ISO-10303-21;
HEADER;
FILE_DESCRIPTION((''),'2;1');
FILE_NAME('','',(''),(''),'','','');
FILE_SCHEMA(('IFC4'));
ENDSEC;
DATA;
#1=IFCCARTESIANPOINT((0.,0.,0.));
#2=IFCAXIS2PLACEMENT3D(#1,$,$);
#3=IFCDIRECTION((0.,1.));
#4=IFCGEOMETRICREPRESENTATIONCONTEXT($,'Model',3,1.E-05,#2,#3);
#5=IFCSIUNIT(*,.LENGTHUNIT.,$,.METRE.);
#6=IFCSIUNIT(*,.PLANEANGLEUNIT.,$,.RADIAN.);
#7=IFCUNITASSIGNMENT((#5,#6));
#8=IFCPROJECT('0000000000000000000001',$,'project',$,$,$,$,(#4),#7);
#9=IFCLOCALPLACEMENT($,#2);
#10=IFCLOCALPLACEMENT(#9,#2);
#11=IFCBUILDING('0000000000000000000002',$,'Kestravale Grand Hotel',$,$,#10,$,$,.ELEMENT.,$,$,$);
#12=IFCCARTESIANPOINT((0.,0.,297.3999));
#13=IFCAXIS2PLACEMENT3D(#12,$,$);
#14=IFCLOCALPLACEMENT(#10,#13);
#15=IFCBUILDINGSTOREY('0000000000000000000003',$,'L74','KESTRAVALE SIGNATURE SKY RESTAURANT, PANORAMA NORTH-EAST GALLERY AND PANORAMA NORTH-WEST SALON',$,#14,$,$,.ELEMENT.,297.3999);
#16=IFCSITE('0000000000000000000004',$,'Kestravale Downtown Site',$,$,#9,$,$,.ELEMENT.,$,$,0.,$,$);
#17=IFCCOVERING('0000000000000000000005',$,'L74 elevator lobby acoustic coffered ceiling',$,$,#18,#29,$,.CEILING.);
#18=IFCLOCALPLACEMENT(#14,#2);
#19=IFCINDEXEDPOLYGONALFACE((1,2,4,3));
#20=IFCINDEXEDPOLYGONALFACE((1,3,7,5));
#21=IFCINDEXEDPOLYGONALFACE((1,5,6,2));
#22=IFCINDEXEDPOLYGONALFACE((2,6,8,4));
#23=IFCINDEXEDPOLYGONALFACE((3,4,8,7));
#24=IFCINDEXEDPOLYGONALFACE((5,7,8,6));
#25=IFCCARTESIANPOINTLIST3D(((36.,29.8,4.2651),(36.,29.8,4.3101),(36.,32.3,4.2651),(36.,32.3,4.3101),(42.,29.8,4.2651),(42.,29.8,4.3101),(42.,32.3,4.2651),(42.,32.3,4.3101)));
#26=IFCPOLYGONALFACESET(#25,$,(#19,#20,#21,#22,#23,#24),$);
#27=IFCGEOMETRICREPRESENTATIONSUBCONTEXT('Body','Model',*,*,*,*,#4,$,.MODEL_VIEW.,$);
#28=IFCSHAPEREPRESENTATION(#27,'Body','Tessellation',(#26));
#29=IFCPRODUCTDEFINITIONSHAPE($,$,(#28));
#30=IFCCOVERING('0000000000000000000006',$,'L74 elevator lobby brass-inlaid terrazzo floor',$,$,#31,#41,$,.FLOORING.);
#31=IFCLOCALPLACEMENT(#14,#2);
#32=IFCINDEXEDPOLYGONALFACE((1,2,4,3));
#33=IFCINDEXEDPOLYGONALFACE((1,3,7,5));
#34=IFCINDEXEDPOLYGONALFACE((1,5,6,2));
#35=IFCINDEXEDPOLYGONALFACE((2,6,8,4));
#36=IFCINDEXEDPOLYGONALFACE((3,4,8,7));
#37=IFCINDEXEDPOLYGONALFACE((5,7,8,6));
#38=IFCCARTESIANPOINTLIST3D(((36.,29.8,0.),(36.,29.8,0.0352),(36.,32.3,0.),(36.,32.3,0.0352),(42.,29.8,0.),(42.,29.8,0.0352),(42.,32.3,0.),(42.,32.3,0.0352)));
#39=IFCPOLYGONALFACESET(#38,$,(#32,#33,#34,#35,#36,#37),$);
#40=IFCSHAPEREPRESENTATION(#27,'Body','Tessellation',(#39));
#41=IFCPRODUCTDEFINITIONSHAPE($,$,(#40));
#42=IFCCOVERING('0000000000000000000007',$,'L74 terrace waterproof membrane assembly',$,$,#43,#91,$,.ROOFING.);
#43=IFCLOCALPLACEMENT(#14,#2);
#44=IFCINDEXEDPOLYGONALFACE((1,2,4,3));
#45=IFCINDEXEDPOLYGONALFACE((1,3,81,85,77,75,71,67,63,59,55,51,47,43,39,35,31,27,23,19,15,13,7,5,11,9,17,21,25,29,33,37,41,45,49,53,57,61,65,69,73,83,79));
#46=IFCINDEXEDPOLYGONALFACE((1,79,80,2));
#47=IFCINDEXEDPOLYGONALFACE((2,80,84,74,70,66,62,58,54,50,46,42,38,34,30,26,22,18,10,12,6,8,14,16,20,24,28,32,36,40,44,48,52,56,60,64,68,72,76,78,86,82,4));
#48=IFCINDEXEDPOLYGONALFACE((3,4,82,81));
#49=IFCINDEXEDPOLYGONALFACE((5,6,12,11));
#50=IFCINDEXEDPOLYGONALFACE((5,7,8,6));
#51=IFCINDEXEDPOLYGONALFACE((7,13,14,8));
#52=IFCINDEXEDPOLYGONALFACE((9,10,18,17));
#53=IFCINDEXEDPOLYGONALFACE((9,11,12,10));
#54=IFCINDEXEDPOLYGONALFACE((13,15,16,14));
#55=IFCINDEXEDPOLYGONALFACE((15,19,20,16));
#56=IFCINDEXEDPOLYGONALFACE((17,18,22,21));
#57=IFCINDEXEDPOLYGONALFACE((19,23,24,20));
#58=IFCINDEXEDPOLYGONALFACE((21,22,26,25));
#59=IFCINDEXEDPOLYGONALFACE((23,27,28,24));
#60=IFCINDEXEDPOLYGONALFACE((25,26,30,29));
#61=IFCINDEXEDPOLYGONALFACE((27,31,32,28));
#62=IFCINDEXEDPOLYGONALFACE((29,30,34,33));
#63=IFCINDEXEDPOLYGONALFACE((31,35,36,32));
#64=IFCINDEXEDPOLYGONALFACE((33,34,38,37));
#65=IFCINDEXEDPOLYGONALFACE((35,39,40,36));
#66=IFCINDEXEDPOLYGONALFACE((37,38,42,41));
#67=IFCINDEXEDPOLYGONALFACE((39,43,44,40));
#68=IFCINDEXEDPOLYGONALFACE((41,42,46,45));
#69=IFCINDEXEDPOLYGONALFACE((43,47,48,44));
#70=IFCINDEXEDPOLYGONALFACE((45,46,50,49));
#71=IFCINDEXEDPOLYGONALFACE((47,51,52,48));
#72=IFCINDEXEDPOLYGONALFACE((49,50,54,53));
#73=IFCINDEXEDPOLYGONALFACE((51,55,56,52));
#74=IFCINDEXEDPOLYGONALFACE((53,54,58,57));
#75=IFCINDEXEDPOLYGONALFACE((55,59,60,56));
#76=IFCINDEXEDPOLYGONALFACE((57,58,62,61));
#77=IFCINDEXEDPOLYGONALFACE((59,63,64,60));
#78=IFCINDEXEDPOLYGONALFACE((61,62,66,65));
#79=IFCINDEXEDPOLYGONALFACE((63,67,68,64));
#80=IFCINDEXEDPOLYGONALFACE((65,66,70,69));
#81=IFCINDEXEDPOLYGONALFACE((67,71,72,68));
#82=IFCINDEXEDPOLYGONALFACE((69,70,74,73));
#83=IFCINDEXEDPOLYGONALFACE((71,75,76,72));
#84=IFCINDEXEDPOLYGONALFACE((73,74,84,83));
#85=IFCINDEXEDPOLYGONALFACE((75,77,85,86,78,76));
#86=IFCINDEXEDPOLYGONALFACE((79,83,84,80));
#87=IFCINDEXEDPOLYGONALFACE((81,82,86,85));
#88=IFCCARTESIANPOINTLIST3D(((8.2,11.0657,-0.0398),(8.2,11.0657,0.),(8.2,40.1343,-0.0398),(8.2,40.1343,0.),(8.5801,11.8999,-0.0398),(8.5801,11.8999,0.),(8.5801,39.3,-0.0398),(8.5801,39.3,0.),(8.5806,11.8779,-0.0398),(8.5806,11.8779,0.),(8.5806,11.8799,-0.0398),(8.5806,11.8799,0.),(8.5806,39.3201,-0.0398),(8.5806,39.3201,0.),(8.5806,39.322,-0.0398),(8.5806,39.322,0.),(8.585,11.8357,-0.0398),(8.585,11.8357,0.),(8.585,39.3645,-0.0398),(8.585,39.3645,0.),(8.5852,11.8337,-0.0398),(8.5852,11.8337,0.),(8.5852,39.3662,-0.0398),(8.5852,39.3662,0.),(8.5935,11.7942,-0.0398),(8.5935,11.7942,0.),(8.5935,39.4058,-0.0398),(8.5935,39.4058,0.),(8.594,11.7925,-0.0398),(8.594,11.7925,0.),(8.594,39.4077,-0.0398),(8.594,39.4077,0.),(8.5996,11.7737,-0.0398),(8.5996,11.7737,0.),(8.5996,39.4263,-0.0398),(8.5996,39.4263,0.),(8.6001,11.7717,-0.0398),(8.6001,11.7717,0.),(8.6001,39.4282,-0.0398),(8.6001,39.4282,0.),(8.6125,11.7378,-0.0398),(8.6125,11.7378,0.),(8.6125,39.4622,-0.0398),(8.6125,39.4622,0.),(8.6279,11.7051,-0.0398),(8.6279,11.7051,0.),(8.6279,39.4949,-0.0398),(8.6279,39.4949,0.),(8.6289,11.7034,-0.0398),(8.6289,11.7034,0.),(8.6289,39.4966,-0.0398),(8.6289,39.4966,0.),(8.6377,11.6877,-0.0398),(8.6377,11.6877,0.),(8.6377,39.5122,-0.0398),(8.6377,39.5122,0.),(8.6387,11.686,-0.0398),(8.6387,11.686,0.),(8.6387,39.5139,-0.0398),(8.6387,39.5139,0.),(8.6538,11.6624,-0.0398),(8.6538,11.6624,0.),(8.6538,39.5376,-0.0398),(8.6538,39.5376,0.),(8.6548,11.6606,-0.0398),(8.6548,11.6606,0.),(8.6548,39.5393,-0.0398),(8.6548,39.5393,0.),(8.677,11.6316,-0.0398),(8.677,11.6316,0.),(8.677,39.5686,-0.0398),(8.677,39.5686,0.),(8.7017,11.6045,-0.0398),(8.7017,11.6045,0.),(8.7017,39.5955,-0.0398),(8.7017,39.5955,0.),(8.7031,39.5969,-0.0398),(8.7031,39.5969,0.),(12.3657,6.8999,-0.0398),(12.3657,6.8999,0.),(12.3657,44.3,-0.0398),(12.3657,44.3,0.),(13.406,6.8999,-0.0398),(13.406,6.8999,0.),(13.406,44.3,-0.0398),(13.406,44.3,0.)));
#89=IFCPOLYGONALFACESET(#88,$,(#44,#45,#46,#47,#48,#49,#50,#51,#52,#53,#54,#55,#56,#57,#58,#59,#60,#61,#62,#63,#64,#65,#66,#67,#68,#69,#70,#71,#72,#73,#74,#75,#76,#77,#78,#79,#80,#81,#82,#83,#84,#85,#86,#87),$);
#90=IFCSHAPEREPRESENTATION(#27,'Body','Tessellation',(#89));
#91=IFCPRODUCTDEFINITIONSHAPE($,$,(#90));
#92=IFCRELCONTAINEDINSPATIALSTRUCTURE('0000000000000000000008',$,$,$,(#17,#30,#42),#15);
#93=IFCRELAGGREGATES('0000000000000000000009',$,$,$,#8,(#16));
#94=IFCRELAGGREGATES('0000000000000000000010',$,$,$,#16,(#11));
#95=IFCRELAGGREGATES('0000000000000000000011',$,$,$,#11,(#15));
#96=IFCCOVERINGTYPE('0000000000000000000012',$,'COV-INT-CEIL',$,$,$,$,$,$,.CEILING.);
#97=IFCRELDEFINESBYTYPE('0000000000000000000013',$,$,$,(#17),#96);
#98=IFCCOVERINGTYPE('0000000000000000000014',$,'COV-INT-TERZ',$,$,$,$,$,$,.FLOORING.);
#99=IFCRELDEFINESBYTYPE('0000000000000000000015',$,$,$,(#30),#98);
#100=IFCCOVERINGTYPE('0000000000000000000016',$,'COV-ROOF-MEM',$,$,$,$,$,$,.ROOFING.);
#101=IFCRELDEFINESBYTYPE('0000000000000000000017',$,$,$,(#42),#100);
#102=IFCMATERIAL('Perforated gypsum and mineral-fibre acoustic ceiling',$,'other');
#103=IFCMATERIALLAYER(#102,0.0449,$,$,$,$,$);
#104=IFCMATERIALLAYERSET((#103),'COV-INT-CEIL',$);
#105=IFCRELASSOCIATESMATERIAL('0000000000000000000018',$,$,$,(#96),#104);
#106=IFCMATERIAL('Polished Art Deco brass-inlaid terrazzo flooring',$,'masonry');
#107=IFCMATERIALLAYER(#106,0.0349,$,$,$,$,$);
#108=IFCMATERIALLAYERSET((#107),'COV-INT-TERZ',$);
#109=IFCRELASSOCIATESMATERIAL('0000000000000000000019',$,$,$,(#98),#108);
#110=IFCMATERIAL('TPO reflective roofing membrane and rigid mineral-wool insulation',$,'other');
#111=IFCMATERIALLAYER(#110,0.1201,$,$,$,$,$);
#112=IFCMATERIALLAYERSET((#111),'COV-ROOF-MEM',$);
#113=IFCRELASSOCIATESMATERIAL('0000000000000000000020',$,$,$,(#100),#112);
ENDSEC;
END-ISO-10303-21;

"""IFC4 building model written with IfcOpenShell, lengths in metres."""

from ifc_helpers import new_model, si_unit, direction, frame, origin, place, context, subcontext, project, spatial, polyline, outline, extrude, material, layer, layer_set, type_object, element, save


model = new_model("IFC4")

# Units and contexts
model_context = context("Model", 3, precision=1e-05, world=origin(), true_north=direction((0.0, 1.0)))
body_context = subcontext(model_context, "Body", "Model", "MODEL_VIEW")
ifc_project = project(units=[si_unit("LENGTHUNIT", "METRE"), si_unit("PLANEANGLEUNIT", "RADIAN")], contexts=[model_context])

# Site, building, storey
site_placement = place(None, origin())
site = spatial("IfcSite", under=ifc_project, at=site_placement, Name="Kestravale Downtown Site", CompositionType="ELEMENT", RefElevation=0.0)
building_placement = place(site_placement, origin())
building = spatial("IfcBuilding", under=site, at=building_placement, Name="Kestravale Grand Hotel", CompositionType="ELEMENT")
storey_placement = place(building_placement, frame((0.0, 0.0, 297.3999)))
storey = spatial("IfcBuildingStorey", under=building, at=storey_placement, Name="L74", Description="KESTRAVALE SIGNATURE SKY RESTAURANT, PANORAMA NORTH-EAST GALLERY AND PANORAMA NORTH-WEST SALON", CompositionType="ELEMENT", Elevation=297.3999)

# Coverings
ifc_material_1 = material(Name="Perforated gypsum and mineral-fibre acoustic ceiling", Category="other")
ifc_layer_1 = layer(ifc_material_1, 0.0449)
ifc_layer_set_1 = layer_set([ifc_layer_1], Name="COV-INT-CEIL")
covering_type_1 = type_object("IfcCoveringType", Name="COV-INT-CEIL", PredefinedType="CEILING", material=ifc_layer_set_1)
covering_1_placement = place(storey_placement, frame((0.0, 0.0, 4.2651)))
element("IfcCovering", 1, at=covering_1_placement, inside=storey, type_object=covering_type_1, Name="L74 elevator lobby acoustic coffered ceiling", PredefinedType="CEILING", context=body_context, shape_type="SweptSolid", body=[
    extrude(outline(polyline([(36.0, 29.8), (42.0, 29.8), (42.0, 32.3), (36.0, 32.3), (36.0, 29.8)])), origin(), (0.0, 0.0, 1.0), 0.0449),
])
ifc_material_2 = material(Name="Polished Art Deco brass-inlaid terrazzo flooring", Category="masonry")
ifc_layer_2 = layer(ifc_material_2, 0.0349)
ifc_layer_set_2 = layer_set([ifc_layer_2], Name="COV-INT-TERZ")
covering_type_2 = type_object("IfcCoveringType", Name="COV-INT-TERZ", PredefinedType="FLOORING", material=ifc_layer_set_2)
covering_2_placement = place(storey_placement, origin())
element("IfcCovering", 2, at=covering_2_placement, inside=storey, type_object=covering_type_2, Name="L74 elevator lobby brass-inlaid terrazzo floor", PredefinedType="FLOORING", context=body_context, shape_type="SweptSolid", body=[
    extrude(outline(polyline([(36.0, 29.8), (42.0, 29.8), (42.0, 32.3), (36.0, 32.3), (36.0, 29.8)])), origin(), (0.0, 0.0, 1.0), 0.0352),
])
ifc_material_3 = material(Name="TPO reflective roofing membrane and rigid mineral-wool insulation", Category="other")
ifc_layer_3 = layer(ifc_material_3, 0.1201)
ifc_layer_set_3 = layer_set([ifc_layer_3], Name="COV-ROOF-MEM")
covering_type_3 = type_object("IfcCoveringType", Name="COV-ROOF-MEM", PredefinedType="ROOFING", material=ifc_layer_set_3)
covering_3_placement = place(storey_placement, frame((0.0, 0.0, -0.0398)))
element("IfcCovering", 3, at=covering_3_placement, inside=storey, type_object=covering_type_3, Name="L74 terrace waterproof membrane assembly", PredefinedType="ROOFING", context=body_context, shape_type="SweptSolid", body=[
    extrude(outline(polyline([(13.406, 6.8999), (12.3657, 6.8999), (8.2, 11.0657), (8.2, 40.1343), (12.3657, 44.3), (13.406, 44.3), (8.7031, 39.5969), (8.7017, 39.5955), (8.677, 39.5686), (8.6548, 39.5393), (8.6538, 39.5376), (8.6387, 39.5139), (8.6377, 39.5122), (8.6289, 39.4966), (8.6279, 39.4949), (8.6125, 39.4622), (8.6001, 39.4282), (8.5996, 39.4263), (8.594, 39.4077), (8.5935, 39.4058), (8.5852, 39.3662), (8.585, 39.3645), (8.5806, 39.322), (8.5806, 39.3201), (8.5801, 39.3), (8.5801, 11.8999), (8.5806, 11.8799), (8.5806, 11.8779), (8.585, 11.8357), (8.5852, 11.8337), (8.5935, 11.7942), (8.594, 11.7925), (8.5996, 11.7737), (8.6001, 11.7717), (8.6125, 11.7378), (8.6279, 11.7051), (8.6289, 11.7034), (8.6377, 11.6877), (8.6387, 11.686), (8.6538, 11.6624), (8.6548, 11.6606), (8.677, 11.6316), (8.7017, 11.6045), (13.406, 6.8999)])), origin(), (0.0, 0.0, 1.0), 0.0398),
])

save(model, "model.ifc")
